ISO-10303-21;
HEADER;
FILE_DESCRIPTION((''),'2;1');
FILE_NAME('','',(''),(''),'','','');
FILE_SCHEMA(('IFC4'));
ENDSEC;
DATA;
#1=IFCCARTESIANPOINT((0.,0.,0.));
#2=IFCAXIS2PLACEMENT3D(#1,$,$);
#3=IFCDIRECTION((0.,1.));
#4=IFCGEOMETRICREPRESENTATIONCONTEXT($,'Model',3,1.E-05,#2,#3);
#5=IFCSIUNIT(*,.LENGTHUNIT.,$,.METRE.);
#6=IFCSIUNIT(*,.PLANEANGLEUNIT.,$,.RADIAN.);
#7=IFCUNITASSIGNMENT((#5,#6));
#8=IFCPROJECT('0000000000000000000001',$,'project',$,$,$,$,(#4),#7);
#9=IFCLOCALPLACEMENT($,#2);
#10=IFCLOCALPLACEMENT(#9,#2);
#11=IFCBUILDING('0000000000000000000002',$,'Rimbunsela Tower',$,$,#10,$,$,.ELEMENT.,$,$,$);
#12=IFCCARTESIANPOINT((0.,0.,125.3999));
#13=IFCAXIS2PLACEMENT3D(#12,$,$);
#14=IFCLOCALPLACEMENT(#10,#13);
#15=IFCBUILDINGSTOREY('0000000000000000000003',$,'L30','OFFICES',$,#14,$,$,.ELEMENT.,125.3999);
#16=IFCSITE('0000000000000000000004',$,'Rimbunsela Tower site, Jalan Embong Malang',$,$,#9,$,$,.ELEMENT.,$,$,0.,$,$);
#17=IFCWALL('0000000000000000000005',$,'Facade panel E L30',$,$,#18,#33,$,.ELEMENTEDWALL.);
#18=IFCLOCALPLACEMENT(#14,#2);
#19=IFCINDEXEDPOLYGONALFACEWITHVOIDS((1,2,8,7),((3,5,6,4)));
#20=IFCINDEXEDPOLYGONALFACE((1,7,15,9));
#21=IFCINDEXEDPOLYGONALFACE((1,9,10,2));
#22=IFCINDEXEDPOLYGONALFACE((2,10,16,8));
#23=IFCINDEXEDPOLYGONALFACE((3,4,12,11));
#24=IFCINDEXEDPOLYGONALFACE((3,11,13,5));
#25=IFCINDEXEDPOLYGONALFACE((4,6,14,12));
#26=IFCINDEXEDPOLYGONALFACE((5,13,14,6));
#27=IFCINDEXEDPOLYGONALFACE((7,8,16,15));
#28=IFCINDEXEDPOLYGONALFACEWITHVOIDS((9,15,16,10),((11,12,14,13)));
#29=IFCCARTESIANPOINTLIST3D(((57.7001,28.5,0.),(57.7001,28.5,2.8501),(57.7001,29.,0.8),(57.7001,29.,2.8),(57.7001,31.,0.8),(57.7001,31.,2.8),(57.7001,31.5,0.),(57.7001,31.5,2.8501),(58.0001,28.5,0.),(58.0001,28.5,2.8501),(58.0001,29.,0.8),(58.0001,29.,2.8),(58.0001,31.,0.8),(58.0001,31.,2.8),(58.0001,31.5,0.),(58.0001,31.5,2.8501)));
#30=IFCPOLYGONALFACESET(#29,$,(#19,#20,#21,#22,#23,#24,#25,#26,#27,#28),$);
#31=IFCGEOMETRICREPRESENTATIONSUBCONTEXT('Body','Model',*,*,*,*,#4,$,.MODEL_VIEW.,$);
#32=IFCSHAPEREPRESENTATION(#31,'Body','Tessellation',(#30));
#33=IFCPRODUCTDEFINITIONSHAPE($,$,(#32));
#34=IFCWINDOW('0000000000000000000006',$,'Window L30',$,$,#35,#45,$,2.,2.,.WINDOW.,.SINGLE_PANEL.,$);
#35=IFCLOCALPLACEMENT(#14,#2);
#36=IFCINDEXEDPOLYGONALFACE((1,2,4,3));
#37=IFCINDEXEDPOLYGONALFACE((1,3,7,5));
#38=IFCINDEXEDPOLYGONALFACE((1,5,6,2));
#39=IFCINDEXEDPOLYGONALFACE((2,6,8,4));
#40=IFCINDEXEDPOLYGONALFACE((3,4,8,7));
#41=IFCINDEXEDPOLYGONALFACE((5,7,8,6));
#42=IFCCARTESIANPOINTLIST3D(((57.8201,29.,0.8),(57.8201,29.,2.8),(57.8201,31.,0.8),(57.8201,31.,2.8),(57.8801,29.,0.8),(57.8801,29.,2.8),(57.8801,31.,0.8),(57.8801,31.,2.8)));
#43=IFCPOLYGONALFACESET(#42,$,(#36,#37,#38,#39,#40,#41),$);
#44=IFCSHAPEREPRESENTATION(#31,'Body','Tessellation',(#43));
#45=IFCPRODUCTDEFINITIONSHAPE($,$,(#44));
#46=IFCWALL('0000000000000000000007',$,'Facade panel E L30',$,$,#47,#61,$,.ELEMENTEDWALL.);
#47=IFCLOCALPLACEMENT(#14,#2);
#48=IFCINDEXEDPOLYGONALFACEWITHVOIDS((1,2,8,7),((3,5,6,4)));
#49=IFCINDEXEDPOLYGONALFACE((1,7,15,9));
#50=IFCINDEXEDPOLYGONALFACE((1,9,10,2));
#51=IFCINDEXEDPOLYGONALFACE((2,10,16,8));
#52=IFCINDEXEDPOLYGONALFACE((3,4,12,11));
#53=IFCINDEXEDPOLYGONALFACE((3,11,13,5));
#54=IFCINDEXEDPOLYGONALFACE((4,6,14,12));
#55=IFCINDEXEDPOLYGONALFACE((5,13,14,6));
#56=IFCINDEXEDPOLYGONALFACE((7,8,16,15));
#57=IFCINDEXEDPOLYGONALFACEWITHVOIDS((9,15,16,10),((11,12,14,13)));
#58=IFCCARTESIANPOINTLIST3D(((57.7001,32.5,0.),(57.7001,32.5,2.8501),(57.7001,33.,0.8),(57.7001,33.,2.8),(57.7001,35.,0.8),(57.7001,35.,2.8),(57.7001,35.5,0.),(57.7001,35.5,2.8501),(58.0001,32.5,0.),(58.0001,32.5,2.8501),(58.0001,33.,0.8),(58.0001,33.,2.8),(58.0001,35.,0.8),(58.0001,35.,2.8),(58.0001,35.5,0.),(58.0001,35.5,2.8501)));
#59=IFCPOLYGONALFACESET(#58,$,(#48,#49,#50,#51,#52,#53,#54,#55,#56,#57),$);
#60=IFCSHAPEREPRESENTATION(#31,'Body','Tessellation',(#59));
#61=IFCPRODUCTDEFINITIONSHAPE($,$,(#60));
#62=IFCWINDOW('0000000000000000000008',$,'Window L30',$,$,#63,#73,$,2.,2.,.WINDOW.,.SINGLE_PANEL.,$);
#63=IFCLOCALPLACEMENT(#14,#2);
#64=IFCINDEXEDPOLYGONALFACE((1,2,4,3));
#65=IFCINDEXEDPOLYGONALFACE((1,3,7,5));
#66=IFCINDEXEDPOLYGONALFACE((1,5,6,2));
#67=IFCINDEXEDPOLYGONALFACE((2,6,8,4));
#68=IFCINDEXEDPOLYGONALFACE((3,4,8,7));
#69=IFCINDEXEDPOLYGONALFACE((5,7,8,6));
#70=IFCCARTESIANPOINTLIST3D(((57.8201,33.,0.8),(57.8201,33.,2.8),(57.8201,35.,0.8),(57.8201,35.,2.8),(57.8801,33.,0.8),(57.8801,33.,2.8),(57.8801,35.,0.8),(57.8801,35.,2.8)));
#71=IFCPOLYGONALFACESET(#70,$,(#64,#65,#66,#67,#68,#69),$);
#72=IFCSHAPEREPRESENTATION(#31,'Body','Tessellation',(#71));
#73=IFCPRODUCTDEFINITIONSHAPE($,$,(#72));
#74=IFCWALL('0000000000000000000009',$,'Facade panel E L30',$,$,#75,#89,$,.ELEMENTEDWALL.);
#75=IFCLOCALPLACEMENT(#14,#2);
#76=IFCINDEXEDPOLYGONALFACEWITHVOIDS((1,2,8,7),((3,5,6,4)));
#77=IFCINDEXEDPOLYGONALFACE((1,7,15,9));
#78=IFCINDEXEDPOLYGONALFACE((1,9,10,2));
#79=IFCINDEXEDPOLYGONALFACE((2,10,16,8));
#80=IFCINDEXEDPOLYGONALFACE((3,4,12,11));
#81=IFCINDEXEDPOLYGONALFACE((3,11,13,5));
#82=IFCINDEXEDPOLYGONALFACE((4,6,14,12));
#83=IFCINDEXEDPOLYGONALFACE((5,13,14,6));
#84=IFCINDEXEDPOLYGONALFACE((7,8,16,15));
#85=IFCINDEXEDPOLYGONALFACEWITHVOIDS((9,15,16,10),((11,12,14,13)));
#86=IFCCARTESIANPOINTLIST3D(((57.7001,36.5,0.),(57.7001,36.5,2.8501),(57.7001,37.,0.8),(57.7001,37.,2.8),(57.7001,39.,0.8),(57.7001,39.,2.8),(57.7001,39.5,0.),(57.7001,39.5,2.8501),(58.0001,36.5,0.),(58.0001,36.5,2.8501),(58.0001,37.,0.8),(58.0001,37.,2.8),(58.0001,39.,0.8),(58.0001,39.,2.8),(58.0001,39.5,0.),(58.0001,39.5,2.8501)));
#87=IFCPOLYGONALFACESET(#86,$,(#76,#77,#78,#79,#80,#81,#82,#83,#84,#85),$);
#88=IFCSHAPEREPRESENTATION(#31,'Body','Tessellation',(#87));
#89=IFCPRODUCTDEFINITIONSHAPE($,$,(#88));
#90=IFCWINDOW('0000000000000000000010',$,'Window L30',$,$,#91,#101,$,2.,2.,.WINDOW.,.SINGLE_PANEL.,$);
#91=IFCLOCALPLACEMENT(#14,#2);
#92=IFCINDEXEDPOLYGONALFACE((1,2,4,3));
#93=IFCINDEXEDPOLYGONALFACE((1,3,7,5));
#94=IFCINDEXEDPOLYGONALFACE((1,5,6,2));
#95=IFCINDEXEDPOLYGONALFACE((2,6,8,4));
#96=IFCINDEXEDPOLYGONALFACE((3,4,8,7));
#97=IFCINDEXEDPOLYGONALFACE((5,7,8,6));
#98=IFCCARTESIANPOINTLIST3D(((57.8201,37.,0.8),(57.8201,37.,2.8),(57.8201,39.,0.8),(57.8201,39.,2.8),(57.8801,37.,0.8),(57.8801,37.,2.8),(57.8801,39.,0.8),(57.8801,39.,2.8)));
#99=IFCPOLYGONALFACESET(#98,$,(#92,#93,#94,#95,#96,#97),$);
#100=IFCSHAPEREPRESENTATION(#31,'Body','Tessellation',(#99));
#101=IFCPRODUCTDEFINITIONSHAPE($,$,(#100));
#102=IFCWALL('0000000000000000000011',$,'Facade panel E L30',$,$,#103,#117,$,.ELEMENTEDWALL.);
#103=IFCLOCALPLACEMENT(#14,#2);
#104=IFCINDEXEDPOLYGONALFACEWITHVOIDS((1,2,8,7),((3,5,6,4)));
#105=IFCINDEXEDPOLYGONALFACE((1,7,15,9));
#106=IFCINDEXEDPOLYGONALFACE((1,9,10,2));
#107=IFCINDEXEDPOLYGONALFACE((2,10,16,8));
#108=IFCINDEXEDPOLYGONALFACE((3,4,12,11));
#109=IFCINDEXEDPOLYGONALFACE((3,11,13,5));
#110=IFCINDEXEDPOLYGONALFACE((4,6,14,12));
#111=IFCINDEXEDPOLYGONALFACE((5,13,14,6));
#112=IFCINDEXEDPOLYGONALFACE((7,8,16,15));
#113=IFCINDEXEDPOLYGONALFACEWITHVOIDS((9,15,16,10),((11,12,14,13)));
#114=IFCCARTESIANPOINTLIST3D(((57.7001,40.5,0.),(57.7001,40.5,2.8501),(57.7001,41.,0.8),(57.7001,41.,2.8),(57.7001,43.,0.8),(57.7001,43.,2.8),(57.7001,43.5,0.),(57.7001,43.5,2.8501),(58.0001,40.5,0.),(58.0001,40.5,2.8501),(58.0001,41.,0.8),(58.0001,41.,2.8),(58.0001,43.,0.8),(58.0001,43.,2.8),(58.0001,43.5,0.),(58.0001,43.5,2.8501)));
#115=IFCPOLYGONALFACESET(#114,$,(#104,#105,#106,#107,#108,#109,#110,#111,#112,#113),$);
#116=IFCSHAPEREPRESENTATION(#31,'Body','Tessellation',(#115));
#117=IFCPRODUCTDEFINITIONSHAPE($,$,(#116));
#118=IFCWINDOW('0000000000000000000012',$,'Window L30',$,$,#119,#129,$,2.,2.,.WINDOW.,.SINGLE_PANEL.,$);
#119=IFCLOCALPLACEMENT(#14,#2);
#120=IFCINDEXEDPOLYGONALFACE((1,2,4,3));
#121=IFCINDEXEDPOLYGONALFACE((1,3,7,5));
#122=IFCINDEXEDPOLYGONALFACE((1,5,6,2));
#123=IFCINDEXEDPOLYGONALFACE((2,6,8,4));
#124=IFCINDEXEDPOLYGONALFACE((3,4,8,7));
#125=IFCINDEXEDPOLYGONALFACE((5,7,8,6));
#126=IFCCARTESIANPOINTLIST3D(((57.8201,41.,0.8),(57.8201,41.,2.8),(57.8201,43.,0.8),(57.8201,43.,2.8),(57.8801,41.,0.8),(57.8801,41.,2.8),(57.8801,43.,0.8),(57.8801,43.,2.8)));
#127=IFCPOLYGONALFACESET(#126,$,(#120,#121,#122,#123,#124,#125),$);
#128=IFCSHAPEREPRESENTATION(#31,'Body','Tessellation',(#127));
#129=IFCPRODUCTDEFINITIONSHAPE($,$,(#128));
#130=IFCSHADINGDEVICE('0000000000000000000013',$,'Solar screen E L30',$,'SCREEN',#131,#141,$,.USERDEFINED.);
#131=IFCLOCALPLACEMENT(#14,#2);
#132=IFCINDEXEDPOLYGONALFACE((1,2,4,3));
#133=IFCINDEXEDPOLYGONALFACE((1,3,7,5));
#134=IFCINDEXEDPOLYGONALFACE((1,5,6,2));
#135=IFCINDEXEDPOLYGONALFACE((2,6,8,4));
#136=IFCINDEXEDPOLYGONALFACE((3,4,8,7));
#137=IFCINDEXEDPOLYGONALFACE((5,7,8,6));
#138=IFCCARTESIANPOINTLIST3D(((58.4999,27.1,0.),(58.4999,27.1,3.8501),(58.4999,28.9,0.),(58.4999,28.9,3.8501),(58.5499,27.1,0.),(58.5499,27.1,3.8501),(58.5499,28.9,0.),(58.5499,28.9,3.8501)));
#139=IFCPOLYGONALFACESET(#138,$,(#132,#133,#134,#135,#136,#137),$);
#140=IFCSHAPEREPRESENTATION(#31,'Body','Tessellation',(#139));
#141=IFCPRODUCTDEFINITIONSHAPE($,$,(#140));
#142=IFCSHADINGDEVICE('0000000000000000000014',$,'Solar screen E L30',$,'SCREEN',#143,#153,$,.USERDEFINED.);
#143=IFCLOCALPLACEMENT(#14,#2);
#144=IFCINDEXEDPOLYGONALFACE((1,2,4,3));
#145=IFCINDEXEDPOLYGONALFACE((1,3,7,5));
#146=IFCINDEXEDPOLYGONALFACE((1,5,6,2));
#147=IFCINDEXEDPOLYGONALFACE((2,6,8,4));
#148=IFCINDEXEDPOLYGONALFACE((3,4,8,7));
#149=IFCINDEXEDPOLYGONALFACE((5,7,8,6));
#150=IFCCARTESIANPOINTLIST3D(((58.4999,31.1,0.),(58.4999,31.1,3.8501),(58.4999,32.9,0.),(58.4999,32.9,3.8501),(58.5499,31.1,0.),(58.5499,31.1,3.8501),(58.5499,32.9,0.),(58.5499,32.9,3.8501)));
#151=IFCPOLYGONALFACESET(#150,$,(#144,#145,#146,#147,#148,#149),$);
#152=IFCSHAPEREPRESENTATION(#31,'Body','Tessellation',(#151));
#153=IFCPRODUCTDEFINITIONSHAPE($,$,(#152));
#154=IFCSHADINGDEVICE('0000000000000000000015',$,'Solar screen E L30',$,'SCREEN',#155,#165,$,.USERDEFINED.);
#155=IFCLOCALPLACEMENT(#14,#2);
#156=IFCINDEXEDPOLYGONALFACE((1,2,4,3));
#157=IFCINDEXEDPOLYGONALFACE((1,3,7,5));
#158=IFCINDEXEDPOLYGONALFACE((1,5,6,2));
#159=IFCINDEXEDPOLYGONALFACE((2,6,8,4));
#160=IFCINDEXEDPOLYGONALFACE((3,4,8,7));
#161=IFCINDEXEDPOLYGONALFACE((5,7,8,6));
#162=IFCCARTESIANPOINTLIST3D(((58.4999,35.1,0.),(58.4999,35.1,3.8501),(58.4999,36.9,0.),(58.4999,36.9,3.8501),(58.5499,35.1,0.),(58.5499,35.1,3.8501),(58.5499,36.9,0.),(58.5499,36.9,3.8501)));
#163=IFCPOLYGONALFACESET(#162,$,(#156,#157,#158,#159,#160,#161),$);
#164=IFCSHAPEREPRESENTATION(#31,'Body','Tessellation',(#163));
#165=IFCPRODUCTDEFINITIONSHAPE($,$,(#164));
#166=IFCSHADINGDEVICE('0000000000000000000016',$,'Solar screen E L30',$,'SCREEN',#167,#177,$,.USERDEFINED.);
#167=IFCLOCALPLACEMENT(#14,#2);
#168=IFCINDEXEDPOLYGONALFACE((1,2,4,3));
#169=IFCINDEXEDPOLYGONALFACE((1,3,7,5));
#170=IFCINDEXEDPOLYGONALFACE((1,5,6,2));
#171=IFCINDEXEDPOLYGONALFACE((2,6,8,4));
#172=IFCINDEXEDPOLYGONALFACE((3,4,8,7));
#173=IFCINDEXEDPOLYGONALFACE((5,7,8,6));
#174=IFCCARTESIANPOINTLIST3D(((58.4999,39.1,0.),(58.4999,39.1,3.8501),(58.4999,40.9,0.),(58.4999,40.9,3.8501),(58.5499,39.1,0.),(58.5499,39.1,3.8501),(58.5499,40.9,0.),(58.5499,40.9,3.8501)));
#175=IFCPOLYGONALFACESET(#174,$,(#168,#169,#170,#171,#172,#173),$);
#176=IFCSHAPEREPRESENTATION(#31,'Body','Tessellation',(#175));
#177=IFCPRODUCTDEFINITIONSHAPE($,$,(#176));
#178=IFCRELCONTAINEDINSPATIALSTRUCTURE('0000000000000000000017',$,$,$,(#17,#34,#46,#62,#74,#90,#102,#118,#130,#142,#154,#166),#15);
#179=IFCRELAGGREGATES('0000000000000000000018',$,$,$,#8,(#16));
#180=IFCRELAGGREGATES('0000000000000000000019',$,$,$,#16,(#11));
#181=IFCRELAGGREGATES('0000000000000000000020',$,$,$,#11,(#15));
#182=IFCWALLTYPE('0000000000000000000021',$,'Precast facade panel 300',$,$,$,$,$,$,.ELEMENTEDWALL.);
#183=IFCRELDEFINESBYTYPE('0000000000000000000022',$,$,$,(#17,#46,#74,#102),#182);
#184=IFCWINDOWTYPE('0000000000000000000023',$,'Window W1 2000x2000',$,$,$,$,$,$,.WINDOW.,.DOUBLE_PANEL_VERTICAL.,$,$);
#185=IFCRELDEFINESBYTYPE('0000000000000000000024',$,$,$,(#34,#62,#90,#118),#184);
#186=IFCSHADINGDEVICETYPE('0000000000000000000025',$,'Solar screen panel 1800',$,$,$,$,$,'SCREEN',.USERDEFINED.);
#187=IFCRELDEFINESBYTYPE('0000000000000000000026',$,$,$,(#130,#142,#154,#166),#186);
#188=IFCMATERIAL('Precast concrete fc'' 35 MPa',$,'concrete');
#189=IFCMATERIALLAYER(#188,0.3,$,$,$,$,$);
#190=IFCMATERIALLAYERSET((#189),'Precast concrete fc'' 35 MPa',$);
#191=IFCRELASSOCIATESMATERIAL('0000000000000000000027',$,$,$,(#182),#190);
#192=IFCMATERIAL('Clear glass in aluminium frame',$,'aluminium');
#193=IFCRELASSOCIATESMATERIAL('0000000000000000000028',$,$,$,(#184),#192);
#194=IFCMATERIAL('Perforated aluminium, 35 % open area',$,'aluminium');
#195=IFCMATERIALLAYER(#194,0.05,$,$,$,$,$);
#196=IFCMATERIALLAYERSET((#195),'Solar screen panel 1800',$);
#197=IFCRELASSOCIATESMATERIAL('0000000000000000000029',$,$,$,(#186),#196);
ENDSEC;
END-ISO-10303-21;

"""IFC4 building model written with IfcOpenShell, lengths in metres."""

from ifc_helpers import new_model, si_unit, direction, frame, frame_2d, origin, origin_2d, place, context, subcontext, project, spatial, rectangle, extrude, material, layer, layer_set, type_object, element, fill, save


model = new_model("IFC4")

# Units and contexts
model_context = context("Model", 3, precision=1e-05, world=origin(), true_north=direction((0.0, 1.0)))
body_context = subcontext(model_context, "Body", "Model", "MODEL_VIEW")
ifc_project = project(units=[si_unit("LENGTHUNIT", "METRE"), si_unit("PLANEANGLEUNIT", "RADIAN")], contexts=[model_context])

# Site, building, storey
site_placement = place(None, origin())
site = spatial("IfcSite", under=ifc_project, at=site_placement, Name="Rimbunsela Tower site, Jalan Embong Malang", CompositionType="ELEMENT", RefElevation=0.0)
building_placement = place(site_placement, origin())
building = spatial("IfcBuilding", under=site, at=building_placement, Name="Rimbunsela Tower", CompositionType="ELEMENT")
storey_placement = place(building_placement, frame((0.0, 0.0, 125.3999)))
storey = spatial("IfcBuildingStorey", under=building, at=storey_placement, Name="L30", Description="OFFICES", CompositionType="ELEMENT", Elevation=125.3999)

# Walls, openings, windows
ifc_material_1 = material(Name="Precast concrete fc' 35 MPa", Category="concrete")
ifc_layer_1 = layer(ifc_material_1, 0.3)
ifc_layer_set_1 = layer_set([ifc_layer_1], Name="Precast concrete fc' 35 MPa")
wall_type_1 = type_object("IfcWallType", Name="Precast facade panel 300", PredefinedType="ELEMENTEDWALL", material=ifc_layer_set_1)
wall_1_placement = place(storey_placement, frame((57.8501, 28.5, 0.0), z_axis=(0.0, 0.0, 1.0), x_axis=(0.0, 1.0, 0.0)))
wall_1 = element("IfcWall", 1, at=wall_1_placement, inside=storey, type_object=wall_type_1, Name="Facade panel E L30", PredefinedType="ELEMENTEDWALL", context=body_context, shape_type="SweptSolid", body=[
    extrude(rectangle(XDim=3.0, YDim=0.3, at=frame_2d((1.5, 0.0))), origin(), (0.0, 0.0, 1.0), 2.8501),
])
opening_1_placement = place(wall_1_placement, frame((0.5, 0.0, 0.8)))
opening_1 = element("IfcOpeningElement", 2, at=opening_1_placement, cuts=wall_1, PredefinedType="OPENING", context=body_context, shape_type="SweptSolid", body=[
    extrude(rectangle(XDim=2.0, YDim=2.0, at=frame_2d((1.0, 1.0))), frame((0.0, 0.1599, 0.0), z_axis=(0.0, -1.0, 0.0), x_axis=(1.0, 0.0, 0.0)), (0.0, 0.0, 1.0), 0.3201),
])
ifc_material_2 = material(Name="Clear glass in aluminium frame", Category="aluminium")
window_type = type_object("IfcWindowType", Name="Window W1 2000x2000", PartitioningType="DOUBLE_PANEL_VERTICAL", PredefinedType="WINDOW", material=ifc_material_2)
window_1_placement = place(opening_1_placement, origin())
window_1 = element("IfcWindow", 3, at=window_1_placement, inside=storey, type_object=window_type, Name="Window L30", OverallHeight=2.0, OverallWidth=2.0, PartitioningType="SINGLE_PANEL", PredefinedType="WINDOW", context=body_context, shape_type="SweptSolid", body=[
    extrude(rectangle(XDim=2.0, YDim=2.0, at=frame_2d((1.0, 1.0))), frame((0.0, 0.03, 0.0), z_axis=(0.0, -1.0, 0.0), x_axis=(1.0, 0.0, 0.0)), (0.0, 0.0, 1.0), 0.0601),
])
fill(opening_1, window_1)
wall_2_placement = place(storey_placement, frame((57.8501, 32.5, 0.0), z_axis=(0.0, 0.0, 1.0), x_axis=(0.0, 1.0, 0.0)))
wall_2 = element("IfcWall", 4, at=wall_2_placement, inside=storey, type_object=wall_type_1, Name="Facade panel E L30", PredefinedType="ELEMENTEDWALL", context=body_context, shape_type="SweptSolid", body=[
    extrude(rectangle(XDim=3.0, YDim=0.3, at=frame_2d((1.5, 0.0))), origin(), (0.0, 0.0, 1.0), 2.8501),
])
opening_2_placement = place(wall_2_placement, frame((0.5, 0.0, 0.8)))
opening_2 = element("IfcOpeningElement", 5, at=opening_2_placement, cuts=wall_2, PredefinedType="OPENING", context=body_context, shape_type="SweptSolid", body=[
    extrude(rectangle(XDim=2.0, YDim=2.0, at=frame_2d((1.0, 1.0))), frame((0.0, 0.1599, 0.0), z_axis=(0.0, -1.0, 0.0), x_axis=(1.0, 0.0, 0.0)), (0.0, 0.0, 1.0), 0.3201),
])
window_2_placement = place(opening_2_placement, origin())
window_2 = element("IfcWindow", 6, at=window_2_placement, inside=storey, type_object=window_type, Name="Window L30", OverallHeight=2.0, OverallWidth=2.0, PartitioningType="SINGLE_PANEL", PredefinedType="WINDOW", context=body_context, shape_type="SweptSolid", body=[
    extrude(rectangle(XDim=2.0, YDim=2.0, at=frame_2d((1.0, 1.0))), frame((0.0, 0.03, 0.0), z_axis=(0.0, -1.0, 0.0), x_axis=(1.0, 0.0, 0.0)), (0.0, 0.0, 1.0), 0.0601),
])
fill(opening_2, window_2)
wall_3_placement = place(storey_placement, frame((57.8501, 36.5, 0.0), z_axis=(0.0, 0.0, 1.0), x_axis=(0.0, 1.0, 0.0)))
wall_3 = element("IfcWall", 7, at=wall_3_placement, inside=storey, type_object=wall_type_1, Name="Facade panel E L30", PredefinedType="ELEMENTEDWALL", context=body_context, shape_type="SweptSolid", body=[
    extrude(rectangle(XDim=3.0, YDim=0.3, at=frame_2d((1.5, 0.0))), origin(), (0.0, 0.0, 1.0), 2.8501),
])
opening_3_placement = place(wall_3_placement, frame((0.5, 0.0, 0.8)))
opening_3 = element("IfcOpeningElement", 8, at=opening_3_placement, cuts=wall_3, PredefinedType="OPENING", context=body_context, shape_type="SweptSolid", body=[
    extrude(rectangle(XDim=2.0, YDim=2.0, at=frame_2d((1.0, 1.0))), frame((0.0, 0.1599, 0.0), z_axis=(0.0, -1.0, 0.0), x_axis=(1.0, 0.0, 0.0)), (0.0, 0.0, 1.0), 0.3201),
])
window_3_placement = place(opening_3_placement, origin())
window_3 = element("IfcWindow", 9, at=window_3_placement, inside=storey, type_object=window_type, Name="Window L30", OverallHeight=2.0, OverallWidth=2.0, PartitioningType="SINGLE_PANEL", PredefinedType="WINDOW", context=body_context, shape_type="SweptSolid", body=[
    extrude(rectangle(XDim=2.0, YDim=2.0, at=frame_2d((1.0, 1.0))), frame((0.0, 0.03, 0.0), z_axis=(0.0, -1.0, 0.0), x_axis=(1.0, 0.0, 0.0)), (0.0, 0.0, 1.0), 0.0601),
])
fill(opening_3, window_3)
wall_4_placement = place(storey_placement, frame((57.8501, 40.5, 0.0), z_axis=(0.0, 0.0, 1.0), x_axis=(0.0, 1.0, 0.0)))
wall_4 = element("IfcWall", 10, at=wall_4_placement, inside=storey, type_object=wall_type_1, Name="Facade panel E L30", PredefinedType="ELEMENTEDWALL", context=body_context, shape_type="SweptSolid", body=[
    extrude(rectangle(XDim=3.0, YDim=0.3, at=frame_2d((1.5, 0.0))), origin(), (0.0, 0.0, 1.0), 2.8501),
])
opening_4_placement = place(wall_4_placement, frame((0.5, 0.0, 0.8)))
opening_4 = element("IfcOpeningElement", 11, at=opening_4_placement, cuts=wall_4, PredefinedType="OPENING", context=body_context, shape_type="SweptSolid", body=[
    extrude(rectangle(XDim=2.0, YDim=2.0, at=frame_2d((1.0, 1.0))), frame((0.0, 0.1599, 0.0), z_axis=(0.0, -1.0, 0.0), x_axis=(1.0, 0.0, 0.0)), (0.0, 0.0, 1.0), 0.3201),
])
window_4_placement = place(opening_4_placement, origin())
window_4 = element("IfcWindow", 12, at=window_4_placement, inside=storey, type_object=window_type, Name="Window L30", OverallHeight=2.0, OverallWidth=2.0, PartitioningType="SINGLE_PANEL", PredefinedType="WINDOW", context=body_context, shape_type="SweptSolid", body=[
    extrude(rectangle(XDim=2.0, YDim=2.0, at=frame_2d((1.0, 1.0))), frame((0.0, 0.03, 0.0), z_axis=(0.0, -1.0, 0.0), x_axis=(1.0, 0.0, 0.0)), (0.0, 0.0, 1.0), 0.0601),
])
fill(opening_4, window_4)

# Shading devices
ifc_material_3 = material(Name="Perforated aluminium, 35 % open area", Category="aluminium")
ifc_layer_2 = layer(ifc_material_3, 0.05)
ifc_layer_set_2 = layer_set([ifc_layer_2], Name="Solar screen panel 1800")
shading_device_type = type_object("IfcShadingDeviceType", Name="Solar screen panel 1800", ElementType="SCREEN", PredefinedType="USERDEFINED", material=ifc_layer_set_2)
for number, where, z_axis, x_axis, name in (
    (13, (58.5249, 28.0, 0.0), (0.0, 0.0, 1.0), (0.0, 1.0, 0.0), "Solar screen E L30"),
    (14, (58.5249, 32.0, 0.0), (0.0, 0.0, 1.0), (0.0, 1.0, 0.0), "Solar screen E L30"),
    (15, (58.5249, 36.0, 0.0), (0.0, 0.0, 1.0), (0.0, 1.0, 0.0), "Solar screen E L30"),
    (16, (58.5249, 40.0, 0.0), (0.0, 0.0, 1.0), (0.0, 1.0, 0.0), "Solar screen E L30"),
):
    element("IfcShadingDevice", number, at=place(storey_placement, frame(where, z_axis=z_axis, x_axis=x_axis)), inside=storey, type_object=shading_device_type, Name=name, ObjectType="SCREEN", PredefinedType="USERDEFINED", context=body_context, shape_type="SweptSolid", body=[
        extrude(rectangle(XDim=1.8, YDim=0.05, at=origin_2d()), origin(), (0.0, 0.0, 1.0), 3.8501),
    ])

save(model, "model.ifc")
